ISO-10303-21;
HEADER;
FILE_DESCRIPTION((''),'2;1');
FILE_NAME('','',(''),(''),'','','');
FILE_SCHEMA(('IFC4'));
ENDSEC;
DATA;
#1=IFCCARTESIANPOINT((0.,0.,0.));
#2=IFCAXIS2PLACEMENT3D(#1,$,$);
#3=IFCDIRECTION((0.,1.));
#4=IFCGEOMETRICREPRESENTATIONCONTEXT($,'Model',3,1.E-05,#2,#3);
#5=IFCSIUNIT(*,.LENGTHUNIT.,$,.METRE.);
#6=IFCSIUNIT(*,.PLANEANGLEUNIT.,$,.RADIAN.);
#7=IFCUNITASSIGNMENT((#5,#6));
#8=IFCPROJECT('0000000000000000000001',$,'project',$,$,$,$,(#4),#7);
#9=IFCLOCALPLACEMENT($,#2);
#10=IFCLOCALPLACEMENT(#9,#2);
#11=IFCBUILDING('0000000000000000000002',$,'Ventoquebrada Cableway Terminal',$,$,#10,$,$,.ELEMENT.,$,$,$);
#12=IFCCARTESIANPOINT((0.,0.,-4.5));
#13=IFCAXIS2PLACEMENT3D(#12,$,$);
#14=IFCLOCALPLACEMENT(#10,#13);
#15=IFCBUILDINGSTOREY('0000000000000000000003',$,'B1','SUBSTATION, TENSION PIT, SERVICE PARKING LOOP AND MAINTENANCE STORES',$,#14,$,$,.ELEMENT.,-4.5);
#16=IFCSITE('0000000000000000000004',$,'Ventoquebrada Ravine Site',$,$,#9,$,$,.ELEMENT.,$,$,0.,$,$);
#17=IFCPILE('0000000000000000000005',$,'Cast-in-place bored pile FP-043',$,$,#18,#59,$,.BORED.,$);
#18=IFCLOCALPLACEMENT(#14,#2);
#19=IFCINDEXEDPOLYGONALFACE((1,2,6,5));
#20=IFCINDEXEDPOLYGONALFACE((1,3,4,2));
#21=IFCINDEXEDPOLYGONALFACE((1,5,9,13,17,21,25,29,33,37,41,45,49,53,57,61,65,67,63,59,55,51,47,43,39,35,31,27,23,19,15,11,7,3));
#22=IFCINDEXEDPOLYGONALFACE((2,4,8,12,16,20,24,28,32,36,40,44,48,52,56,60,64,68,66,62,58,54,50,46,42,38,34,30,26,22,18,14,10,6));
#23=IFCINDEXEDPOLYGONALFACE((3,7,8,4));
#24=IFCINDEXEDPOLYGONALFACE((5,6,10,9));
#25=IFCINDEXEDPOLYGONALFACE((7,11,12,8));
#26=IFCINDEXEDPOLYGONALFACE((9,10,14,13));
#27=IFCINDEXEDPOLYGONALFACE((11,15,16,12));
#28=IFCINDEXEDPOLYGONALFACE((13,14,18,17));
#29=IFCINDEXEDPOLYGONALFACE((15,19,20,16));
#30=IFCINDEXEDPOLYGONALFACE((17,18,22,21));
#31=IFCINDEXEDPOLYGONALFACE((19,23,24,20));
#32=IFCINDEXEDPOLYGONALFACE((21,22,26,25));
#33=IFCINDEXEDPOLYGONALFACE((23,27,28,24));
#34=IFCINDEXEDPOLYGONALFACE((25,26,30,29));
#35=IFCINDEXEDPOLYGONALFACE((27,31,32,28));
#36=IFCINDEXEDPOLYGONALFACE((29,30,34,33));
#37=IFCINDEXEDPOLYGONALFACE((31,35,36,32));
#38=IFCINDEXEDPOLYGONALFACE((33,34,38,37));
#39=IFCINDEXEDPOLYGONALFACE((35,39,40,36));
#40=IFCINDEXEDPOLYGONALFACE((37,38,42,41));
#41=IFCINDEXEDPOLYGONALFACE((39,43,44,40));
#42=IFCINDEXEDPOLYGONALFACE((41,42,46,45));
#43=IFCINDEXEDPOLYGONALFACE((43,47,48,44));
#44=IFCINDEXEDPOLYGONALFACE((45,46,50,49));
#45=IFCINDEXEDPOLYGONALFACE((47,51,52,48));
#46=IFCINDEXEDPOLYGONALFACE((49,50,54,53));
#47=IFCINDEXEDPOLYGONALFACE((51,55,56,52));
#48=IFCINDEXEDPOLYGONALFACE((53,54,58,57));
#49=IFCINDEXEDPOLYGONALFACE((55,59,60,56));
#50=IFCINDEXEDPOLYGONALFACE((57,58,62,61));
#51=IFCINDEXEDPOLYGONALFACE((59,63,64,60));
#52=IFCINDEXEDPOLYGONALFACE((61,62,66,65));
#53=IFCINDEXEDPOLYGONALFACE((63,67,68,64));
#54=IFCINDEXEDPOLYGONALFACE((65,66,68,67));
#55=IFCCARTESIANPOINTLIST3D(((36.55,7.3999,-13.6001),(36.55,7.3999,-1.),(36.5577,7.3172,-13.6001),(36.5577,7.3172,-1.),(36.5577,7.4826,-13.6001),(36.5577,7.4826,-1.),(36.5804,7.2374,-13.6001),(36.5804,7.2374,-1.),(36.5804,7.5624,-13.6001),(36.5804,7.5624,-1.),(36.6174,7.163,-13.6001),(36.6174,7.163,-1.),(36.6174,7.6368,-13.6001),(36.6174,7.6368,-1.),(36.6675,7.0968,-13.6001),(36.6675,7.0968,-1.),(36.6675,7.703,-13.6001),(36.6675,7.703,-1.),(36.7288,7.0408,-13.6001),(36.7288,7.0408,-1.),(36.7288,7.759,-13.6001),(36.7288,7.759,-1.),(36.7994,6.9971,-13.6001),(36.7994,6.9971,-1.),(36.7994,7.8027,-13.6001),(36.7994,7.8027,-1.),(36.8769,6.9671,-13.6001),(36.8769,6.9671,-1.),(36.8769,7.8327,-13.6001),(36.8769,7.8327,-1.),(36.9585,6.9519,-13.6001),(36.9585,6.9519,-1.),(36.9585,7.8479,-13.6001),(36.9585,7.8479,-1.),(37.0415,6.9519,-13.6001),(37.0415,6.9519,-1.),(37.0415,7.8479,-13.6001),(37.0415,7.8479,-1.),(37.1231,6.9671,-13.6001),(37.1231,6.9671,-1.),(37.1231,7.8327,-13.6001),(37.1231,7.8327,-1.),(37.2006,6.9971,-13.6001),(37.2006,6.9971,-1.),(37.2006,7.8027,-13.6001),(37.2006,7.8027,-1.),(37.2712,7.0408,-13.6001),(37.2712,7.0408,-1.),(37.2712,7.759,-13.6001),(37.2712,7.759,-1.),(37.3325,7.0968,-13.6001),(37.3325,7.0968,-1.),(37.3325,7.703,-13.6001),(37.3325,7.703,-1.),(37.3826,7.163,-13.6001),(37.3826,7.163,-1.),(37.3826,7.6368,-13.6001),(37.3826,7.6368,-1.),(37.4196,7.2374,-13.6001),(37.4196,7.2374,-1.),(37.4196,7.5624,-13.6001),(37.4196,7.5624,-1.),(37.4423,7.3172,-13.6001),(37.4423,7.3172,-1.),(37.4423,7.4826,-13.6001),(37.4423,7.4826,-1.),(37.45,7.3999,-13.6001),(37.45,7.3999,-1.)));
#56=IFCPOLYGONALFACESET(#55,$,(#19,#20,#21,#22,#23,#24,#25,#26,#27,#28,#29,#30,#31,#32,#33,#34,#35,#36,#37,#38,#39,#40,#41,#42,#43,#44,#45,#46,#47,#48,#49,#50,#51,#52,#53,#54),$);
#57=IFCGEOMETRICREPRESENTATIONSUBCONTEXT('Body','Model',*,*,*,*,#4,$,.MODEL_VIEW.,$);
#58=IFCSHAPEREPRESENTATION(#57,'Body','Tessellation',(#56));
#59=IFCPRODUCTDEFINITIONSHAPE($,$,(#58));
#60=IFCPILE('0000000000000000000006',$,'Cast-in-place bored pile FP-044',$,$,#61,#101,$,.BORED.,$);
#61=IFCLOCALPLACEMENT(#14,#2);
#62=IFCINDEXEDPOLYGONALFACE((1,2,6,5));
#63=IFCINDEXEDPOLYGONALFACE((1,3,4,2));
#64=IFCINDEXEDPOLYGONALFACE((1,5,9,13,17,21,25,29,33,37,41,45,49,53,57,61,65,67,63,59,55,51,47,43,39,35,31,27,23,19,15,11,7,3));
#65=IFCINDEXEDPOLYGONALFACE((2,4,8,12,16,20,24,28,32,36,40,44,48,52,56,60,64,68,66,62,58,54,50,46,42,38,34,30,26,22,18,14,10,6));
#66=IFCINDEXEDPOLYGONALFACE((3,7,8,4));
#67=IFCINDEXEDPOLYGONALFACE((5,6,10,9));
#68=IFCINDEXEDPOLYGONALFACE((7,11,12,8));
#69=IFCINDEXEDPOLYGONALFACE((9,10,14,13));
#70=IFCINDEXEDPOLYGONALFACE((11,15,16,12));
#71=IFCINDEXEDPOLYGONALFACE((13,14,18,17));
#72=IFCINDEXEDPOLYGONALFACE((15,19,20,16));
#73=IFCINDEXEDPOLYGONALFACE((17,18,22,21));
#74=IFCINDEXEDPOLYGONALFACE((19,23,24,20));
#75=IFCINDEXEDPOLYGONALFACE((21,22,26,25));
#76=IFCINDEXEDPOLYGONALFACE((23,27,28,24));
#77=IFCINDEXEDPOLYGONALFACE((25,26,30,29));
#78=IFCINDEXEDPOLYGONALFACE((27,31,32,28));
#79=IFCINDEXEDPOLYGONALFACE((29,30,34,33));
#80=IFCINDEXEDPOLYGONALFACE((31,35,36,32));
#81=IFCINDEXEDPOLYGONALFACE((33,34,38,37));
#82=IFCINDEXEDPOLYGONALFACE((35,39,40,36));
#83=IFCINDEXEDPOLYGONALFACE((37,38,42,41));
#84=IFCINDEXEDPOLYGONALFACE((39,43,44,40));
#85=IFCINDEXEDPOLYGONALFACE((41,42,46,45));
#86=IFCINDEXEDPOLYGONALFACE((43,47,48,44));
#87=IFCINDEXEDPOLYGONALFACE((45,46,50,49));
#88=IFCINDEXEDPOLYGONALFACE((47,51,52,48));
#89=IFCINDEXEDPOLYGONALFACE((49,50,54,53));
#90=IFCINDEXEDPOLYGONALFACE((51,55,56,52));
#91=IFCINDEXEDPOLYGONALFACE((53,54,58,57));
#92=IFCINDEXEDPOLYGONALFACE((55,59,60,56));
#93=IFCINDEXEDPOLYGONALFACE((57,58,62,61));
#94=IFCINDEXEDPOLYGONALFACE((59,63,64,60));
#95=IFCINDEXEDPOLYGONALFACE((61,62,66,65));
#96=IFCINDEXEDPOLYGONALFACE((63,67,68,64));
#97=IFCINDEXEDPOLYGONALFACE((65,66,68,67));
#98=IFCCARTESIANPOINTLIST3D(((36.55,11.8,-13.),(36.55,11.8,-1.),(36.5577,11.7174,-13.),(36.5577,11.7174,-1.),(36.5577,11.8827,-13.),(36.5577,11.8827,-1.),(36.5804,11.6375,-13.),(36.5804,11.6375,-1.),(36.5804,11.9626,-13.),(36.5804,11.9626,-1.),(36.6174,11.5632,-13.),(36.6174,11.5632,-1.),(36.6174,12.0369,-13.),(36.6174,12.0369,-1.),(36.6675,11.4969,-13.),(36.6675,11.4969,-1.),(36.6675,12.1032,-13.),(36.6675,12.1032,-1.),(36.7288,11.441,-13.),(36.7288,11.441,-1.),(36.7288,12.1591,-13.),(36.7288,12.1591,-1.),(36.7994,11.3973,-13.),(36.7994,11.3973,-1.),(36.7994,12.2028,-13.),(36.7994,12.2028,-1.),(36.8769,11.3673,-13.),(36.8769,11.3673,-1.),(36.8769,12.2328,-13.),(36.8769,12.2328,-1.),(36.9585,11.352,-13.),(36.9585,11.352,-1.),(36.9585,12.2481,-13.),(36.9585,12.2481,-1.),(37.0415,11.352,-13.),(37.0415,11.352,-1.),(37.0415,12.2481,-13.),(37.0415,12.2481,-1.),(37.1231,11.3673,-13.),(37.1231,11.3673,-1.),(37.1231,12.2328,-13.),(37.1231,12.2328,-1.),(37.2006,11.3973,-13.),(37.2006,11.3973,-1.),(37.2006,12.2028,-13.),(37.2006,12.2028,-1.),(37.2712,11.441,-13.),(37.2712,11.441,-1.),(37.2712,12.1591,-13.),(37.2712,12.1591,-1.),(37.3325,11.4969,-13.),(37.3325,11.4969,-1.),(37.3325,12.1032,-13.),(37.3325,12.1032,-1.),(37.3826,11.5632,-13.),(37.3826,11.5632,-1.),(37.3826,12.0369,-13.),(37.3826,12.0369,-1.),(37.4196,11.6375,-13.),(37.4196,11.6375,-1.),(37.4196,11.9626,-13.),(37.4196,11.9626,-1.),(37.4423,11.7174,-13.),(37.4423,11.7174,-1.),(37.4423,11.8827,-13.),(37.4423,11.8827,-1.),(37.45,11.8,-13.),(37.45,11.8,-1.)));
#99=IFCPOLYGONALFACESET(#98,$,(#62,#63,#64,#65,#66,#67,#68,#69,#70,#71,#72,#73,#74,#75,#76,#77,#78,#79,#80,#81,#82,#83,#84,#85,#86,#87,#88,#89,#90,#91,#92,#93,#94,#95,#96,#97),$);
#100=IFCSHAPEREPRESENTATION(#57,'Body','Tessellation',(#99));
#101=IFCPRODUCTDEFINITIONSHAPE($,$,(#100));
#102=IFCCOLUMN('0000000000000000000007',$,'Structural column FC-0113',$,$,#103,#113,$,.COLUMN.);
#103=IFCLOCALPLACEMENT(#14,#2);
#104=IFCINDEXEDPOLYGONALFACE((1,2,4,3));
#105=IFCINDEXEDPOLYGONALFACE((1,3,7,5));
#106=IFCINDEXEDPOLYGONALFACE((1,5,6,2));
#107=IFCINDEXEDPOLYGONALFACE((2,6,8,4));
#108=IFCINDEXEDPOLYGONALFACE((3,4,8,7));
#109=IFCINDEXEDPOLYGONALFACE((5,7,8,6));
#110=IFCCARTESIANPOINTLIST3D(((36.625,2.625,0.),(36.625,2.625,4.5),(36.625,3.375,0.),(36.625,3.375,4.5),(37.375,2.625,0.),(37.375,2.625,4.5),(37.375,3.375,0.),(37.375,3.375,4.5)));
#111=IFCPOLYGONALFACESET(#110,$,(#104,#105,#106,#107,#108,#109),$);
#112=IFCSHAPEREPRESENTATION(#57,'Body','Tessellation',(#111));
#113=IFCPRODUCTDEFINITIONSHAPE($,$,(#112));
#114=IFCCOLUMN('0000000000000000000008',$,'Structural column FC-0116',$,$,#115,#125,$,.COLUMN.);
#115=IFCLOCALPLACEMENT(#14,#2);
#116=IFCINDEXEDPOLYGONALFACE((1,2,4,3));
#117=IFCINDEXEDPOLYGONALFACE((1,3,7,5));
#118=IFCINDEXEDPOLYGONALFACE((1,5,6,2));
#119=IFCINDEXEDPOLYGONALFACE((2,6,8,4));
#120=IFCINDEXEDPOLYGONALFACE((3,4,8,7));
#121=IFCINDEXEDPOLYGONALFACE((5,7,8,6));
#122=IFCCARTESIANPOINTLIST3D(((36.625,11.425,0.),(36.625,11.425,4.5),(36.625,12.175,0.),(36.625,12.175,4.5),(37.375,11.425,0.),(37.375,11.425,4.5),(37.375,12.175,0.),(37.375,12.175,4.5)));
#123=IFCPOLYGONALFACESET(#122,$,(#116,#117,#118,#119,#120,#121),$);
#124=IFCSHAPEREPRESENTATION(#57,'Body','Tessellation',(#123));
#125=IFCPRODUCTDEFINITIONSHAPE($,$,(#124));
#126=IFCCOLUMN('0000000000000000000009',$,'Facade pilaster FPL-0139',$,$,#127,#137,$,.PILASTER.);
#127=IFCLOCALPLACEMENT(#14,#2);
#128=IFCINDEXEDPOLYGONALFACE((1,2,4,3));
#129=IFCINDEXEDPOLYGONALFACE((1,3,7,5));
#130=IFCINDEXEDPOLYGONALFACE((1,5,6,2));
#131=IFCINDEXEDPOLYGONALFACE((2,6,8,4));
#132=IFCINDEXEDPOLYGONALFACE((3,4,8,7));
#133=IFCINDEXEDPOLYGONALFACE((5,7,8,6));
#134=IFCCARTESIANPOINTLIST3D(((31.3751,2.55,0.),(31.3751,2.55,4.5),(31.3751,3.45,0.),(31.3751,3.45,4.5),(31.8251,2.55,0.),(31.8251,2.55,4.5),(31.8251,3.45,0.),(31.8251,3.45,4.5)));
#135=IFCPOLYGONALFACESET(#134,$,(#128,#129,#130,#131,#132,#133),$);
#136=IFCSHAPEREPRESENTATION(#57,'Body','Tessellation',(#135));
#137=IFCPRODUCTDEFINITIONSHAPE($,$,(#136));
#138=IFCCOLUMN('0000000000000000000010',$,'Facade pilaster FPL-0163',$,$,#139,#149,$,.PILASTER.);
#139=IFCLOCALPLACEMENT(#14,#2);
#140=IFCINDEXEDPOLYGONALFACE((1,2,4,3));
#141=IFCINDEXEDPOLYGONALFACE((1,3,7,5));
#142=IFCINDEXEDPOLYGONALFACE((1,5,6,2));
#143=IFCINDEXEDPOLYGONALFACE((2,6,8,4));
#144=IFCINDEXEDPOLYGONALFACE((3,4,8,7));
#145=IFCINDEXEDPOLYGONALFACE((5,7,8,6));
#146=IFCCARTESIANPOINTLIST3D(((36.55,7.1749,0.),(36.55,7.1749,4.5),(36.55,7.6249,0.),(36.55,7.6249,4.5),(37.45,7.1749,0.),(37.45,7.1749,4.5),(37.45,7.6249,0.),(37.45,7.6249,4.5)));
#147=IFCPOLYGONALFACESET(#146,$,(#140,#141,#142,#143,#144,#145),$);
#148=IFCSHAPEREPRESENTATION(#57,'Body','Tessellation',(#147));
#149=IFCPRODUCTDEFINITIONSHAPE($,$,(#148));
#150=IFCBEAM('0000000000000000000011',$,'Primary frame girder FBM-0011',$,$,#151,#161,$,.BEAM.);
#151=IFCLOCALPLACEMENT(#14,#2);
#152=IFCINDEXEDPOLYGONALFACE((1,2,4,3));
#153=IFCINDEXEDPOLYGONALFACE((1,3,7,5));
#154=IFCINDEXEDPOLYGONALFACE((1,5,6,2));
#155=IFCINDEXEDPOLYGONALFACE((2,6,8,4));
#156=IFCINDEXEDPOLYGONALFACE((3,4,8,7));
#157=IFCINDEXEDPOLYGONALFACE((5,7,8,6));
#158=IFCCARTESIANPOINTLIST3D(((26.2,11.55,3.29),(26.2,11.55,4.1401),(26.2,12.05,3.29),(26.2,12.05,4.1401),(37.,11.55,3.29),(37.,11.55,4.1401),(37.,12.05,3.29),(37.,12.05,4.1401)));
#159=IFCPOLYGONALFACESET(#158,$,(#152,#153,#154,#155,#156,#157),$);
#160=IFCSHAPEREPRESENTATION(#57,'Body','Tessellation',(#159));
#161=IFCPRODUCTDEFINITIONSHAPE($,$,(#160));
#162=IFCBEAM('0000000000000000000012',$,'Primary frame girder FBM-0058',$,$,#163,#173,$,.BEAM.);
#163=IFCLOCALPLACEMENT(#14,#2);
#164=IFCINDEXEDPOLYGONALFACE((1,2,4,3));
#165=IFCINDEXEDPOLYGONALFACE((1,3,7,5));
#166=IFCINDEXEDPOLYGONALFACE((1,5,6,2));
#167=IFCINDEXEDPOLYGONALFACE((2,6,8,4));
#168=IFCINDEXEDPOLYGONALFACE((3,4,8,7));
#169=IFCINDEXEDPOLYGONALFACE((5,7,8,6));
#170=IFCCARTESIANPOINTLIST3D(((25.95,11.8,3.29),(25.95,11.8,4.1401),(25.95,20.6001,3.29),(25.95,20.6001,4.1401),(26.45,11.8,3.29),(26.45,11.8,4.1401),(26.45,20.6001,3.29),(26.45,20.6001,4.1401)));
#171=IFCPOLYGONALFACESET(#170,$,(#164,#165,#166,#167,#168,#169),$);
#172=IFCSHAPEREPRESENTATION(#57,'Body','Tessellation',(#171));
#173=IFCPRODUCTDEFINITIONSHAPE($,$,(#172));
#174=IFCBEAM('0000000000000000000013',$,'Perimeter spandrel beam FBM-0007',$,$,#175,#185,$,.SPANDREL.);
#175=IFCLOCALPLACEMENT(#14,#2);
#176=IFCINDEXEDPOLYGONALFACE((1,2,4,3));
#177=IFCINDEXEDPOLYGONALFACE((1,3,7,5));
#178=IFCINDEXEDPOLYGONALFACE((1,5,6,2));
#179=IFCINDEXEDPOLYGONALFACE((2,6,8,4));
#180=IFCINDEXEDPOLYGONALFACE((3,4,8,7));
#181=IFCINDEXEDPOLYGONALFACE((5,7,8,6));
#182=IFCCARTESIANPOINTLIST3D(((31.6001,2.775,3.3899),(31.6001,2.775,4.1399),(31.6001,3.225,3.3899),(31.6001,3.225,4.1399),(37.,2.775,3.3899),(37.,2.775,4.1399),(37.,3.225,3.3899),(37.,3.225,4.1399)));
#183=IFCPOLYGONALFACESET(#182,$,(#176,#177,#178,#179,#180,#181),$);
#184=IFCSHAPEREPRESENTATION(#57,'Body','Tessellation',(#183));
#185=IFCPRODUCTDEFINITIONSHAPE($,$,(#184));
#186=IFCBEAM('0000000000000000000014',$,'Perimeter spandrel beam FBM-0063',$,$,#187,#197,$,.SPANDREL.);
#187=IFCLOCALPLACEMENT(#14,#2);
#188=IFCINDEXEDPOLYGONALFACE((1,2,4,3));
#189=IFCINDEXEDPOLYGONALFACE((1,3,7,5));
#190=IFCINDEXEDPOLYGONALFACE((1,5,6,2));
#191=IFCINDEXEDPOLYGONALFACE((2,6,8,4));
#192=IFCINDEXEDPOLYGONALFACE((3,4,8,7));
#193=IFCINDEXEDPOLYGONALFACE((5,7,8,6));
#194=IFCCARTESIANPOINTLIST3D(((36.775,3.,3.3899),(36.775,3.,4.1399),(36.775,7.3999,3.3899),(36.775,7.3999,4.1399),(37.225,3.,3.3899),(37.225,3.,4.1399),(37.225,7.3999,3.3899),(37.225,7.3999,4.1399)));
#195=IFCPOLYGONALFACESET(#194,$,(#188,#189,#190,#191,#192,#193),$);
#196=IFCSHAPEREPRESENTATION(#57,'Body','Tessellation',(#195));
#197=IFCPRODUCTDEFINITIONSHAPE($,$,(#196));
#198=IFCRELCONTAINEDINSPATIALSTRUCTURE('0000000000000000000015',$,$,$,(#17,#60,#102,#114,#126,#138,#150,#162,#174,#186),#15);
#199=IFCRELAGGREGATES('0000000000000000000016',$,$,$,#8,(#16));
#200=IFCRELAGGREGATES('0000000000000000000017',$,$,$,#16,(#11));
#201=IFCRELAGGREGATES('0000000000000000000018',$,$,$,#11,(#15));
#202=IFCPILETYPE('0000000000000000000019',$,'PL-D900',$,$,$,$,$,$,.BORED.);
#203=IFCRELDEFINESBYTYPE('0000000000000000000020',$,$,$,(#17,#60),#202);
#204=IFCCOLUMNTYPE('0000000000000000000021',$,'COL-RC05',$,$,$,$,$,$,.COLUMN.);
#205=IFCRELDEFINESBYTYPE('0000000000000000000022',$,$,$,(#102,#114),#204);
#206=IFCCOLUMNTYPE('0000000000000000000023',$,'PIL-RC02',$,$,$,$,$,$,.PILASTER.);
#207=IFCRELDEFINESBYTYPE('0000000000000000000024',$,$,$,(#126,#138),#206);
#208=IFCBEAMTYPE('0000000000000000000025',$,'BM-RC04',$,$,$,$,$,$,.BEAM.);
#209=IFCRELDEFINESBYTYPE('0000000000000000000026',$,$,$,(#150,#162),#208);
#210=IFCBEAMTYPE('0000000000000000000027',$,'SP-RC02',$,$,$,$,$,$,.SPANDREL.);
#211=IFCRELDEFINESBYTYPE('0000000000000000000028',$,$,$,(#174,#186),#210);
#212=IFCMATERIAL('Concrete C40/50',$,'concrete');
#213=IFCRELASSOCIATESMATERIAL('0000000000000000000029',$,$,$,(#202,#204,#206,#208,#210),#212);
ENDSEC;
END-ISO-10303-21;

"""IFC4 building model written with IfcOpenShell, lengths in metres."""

from ifc_helpers import new_model, si_unit, direction, frame, origin, origin_2d, place, context, subcontext, project, spatial, rectangle, circle, extrude, material, material_profile, profile_set, type_object, element, save


model = new_model("IFC4")

# Units and contexts
model_context = context("Model", 3, precision=1e-05, world=origin(), true_north=direction((0.0, 1.0)))
body_context = subcontext(model_context, "Body", "Model", "MODEL_VIEW")
ifc_project = project(units=[si_unit("LENGTHUNIT", "METRE"), si_unit("PLANEANGLEUNIT", "RADIAN")], contexts=[model_context])

# Site, building, storey
site_placement = place(None, origin())
site = spatial("IfcSite", under=ifc_project, at=site_placement, Name="Ventoquebrada Ravine Site", CompositionType="ELEMENT", RefElevation=0.0)
building_placement = place(site_placement, origin())
building = spatial("IfcBuilding", under=site, at=building_placement, Name="Ventoquebrada Cableway Terminal", CompositionType="ELEMENT")
storey_placement = place(building_placement, frame((0.0, 0.0, -4.5)))
storey = spatial("IfcBuildingStorey", under=building, at=storey_placement, Name="B1", Description="SUBSTATION, TENSION PIT, SERVICE PARKING LOOP AND MAINTENANCE STORES", CompositionType="ELEMENT", Elevation=-4.5)

# Shared definitions
ifc_material = material(Name="Concrete C40/50", Category="concrete")

# Piles
ifc_material_profile_1 = material_profile(ifc_material, circle(Radius=0.45, at=origin_2d()), Name="PILE-D900")
ifc_profile_set_1 = profile_set([ifc_material_profile_1], Name="Concrete C40/50")
pile_type = type_object("IfcPileType", Name="PL-D900", PredefinedType="BORED", material=ifc_profile_set_1)
pile_1_placement = place(storey_placement, frame((37.0, 7.3999, -1.0), z_axis=(0.0, 0.0, -1.0), x_axis=(1.0, 0.0, 0.0)))
element("IfcPile", 1, at=pile_1_placement, inside=storey, type_object=pile_type, Name="Cast-in-place bored pile FP-043", PredefinedType="BORED", context=body_context, shape_type="SweptSolid", body=[
    extrude(circle(Radius=0.45, at=origin_2d()), origin(), (0.0, 0.0, 1.0), 12.6001),
])
pile_2_placement = place(storey_placement, frame((37.0, 11.8, -1.0), z_axis=(0.0, 0.0, -1.0), x_axis=(1.0, 0.0, 0.0)))
element("IfcPile", 2, at=pile_2_placement, inside=storey, type_object=pile_type, Name="Cast-in-place bored pile FP-044", PredefinedType="BORED", context=body_context, shape_type="SweptSolid", body=[
    extrude(circle(Radius=0.45, at=origin_2d()), origin(), (0.0, 0.0, 1.0), 12.0),
])

# Columns
ifc_material_profile_2 = material_profile(ifc_material, rectangle(XDim=0.75, YDim=0.75, at=origin_2d()), Name="RC-COL-750X750")
ifc_profile_set_2 = profile_set([ifc_material_profile_2], Name="Concrete C40/50")
column_type_1 = type_object("IfcColumnType", Name="COL-RC05", PredefinedType="COLUMN", material=ifc_profile_set_2)
for number, where, z_axis, x_axis, name in (
    (3, (37.0, 3.0, 0.0), (0.0, 0.0, 1.0), (1.0, 0.0, 0.0), "Structural column FC-0113"),
    (4, (37.0, 11.8, 0.0), (0.0, 0.0, 1.0), (1.0, 0.0, 0.0), "Structural column FC-0116"),
):
    element("IfcColumn", number, at=place(storey_placement, frame(where, z_axis=z_axis, x_axis=x_axis)), inside=storey, type_object=column_type_1, Name=name, PredefinedType="COLUMN", context=body_context, shape_type="SweptSolid", body=[
        extrude(rectangle(XDim=0.75, YDim=0.75, at=origin_2d()), origin(), (0.0, 0.0, 1.0), 4.5),
    ])
ifc_material_profile_3 = material_profile(ifc_material, rectangle(XDim=0.45, YDim=0.8999, at=origin_2d()), Name="RC-PIL-450X900")
ifc_profile_set_3 = profile_set([ifc_material_profile_3], Name="Concrete C40/50")
column_type_2 = type_object("IfcColumnType", Name="PIL-RC02", PredefinedType="PILASTER", material=ifc_profile_set_3)
for number, where, z_axis, x_axis, name in (
    (5, (31.6001, 3.0, 0.0), (0.0, 0.0, 1.0), (1.0, 0.0, 0.0), "Facade pilaster FPL-0139"),
    (6, (37.0, 7.3999, 0.0), (0.0, 0.0, 1.0), (0.0, 1.0, 0.0), "Facade pilaster FPL-0163"),
):
    element("IfcColumn", number, at=place(storey_placement, frame(where, z_axis=z_axis, x_axis=x_axis)), inside=storey, type_object=column_type_2, Name=name, PredefinedType="PILASTER", context=body_context, shape_type="SweptSolid", body=[
        extrude(rectangle(XDim=0.45, YDim=0.8999, at=origin_2d()), origin(), (0.0, 0.0, 1.0), 4.5),
    ])

# Beams
ifc_material_profile_4 = material_profile(ifc_material, rectangle(XDim=0.5, YDim=0.8501, at=origin_2d()), Name="RC-BM-500X850")
ifc_profile_set_4 = profile_set([ifc_material_profile_4], Name="Concrete C40/50")
beam_type_1 = type_object("IfcBeamType", Name="BM-RC04", PredefinedType="BEAM", material=ifc_profile_set_4)
beam_1_placement = place(storey_placement, frame((26.2, 11.8, 3.7151), z_axis=(1.0, 0.0, 0.0), x_axis=(0.0, 1.0, 0.0)))
element("IfcBeam", 7, at=beam_1_placement, inside=storey, type_object=beam_type_1, Name="Primary frame girder FBM-0011", PredefinedType="BEAM", context=body_context, shape_type="SweptSolid", body=[
    extrude(rectangle(XDim=0.5, YDim=0.8501, at=origin_2d()), origin(), (0.0, 0.0, 1.0), 10.8),
])
beam_2_placement = place(storey_placement, frame((26.2, 11.8, 3.7151), z_axis=(0.0, 1.0, 0.0), x_axis=(-1.0, 0.0, 0.0)))
element("IfcBeam", 8, at=beam_2_placement, inside=storey, type_object=beam_type_1, Name="Primary frame girder FBM-0058", PredefinedType="BEAM", context=body_context, shape_type="SweptSolid", body=[
    extrude(rectangle(XDim=0.5, YDim=0.8501, at=origin_2d()), origin(), (0.0, 0.0, 1.0), 8.8),
])
ifc_material_profile_5 = material_profile(ifc_material, rectangle(XDim=0.45, YDim=0.75, at=origin_2d()), Name="RC-BM-450X750")
ifc_profile_set_5 = profile_set([ifc_material_profile_5], Name="Concrete C40/50")
beam_type_2 = type_object("IfcBeamType", Name="SP-RC02", PredefinedType="SPANDREL", material=ifc_profile_set_5)
beam_3_placement = place(storey_placement, frame((31.6001, 3.0, 3.7649), z_axis=(1.0, 0.0, 0.0), x_axis=(0.0, 1.0, 0.0)))
element("IfcBeam", 9, at=beam_3_placement, inside=storey, type_object=beam_type_2, Name="Perimeter spandrel beam FBM-0007", PredefinedType="SPANDREL", context=body_context, shape_type="SweptSolid", body=[
    extrude(rectangle(XDim=0.45, YDim=0.75, at=origin_2d()), origin(), (0.0, 0.0, 1.0), 5.3999),
])
beam_4_placement = place(storey_placement, frame((37.0, 3.0, 3.7649), z_axis=(0.0, 1.0, 0.0), x_axis=(-1.0, 0.0, 0.0)))
element("IfcBeam", 10, at=beam_4_placement, inside=storey, type_object=beam_type_2, Name="Perimeter spandrel beam FBM-0063", PredefinedType="SPANDREL", context=body_context, shape_type="SweptSolid", body=[
    extrude(rectangle(XDim=0.45, YDim=0.75, at=origin_2d()), origin(), (0.0, 0.0, 1.0), 4.3999),
])

save(model, "model.ifc")
